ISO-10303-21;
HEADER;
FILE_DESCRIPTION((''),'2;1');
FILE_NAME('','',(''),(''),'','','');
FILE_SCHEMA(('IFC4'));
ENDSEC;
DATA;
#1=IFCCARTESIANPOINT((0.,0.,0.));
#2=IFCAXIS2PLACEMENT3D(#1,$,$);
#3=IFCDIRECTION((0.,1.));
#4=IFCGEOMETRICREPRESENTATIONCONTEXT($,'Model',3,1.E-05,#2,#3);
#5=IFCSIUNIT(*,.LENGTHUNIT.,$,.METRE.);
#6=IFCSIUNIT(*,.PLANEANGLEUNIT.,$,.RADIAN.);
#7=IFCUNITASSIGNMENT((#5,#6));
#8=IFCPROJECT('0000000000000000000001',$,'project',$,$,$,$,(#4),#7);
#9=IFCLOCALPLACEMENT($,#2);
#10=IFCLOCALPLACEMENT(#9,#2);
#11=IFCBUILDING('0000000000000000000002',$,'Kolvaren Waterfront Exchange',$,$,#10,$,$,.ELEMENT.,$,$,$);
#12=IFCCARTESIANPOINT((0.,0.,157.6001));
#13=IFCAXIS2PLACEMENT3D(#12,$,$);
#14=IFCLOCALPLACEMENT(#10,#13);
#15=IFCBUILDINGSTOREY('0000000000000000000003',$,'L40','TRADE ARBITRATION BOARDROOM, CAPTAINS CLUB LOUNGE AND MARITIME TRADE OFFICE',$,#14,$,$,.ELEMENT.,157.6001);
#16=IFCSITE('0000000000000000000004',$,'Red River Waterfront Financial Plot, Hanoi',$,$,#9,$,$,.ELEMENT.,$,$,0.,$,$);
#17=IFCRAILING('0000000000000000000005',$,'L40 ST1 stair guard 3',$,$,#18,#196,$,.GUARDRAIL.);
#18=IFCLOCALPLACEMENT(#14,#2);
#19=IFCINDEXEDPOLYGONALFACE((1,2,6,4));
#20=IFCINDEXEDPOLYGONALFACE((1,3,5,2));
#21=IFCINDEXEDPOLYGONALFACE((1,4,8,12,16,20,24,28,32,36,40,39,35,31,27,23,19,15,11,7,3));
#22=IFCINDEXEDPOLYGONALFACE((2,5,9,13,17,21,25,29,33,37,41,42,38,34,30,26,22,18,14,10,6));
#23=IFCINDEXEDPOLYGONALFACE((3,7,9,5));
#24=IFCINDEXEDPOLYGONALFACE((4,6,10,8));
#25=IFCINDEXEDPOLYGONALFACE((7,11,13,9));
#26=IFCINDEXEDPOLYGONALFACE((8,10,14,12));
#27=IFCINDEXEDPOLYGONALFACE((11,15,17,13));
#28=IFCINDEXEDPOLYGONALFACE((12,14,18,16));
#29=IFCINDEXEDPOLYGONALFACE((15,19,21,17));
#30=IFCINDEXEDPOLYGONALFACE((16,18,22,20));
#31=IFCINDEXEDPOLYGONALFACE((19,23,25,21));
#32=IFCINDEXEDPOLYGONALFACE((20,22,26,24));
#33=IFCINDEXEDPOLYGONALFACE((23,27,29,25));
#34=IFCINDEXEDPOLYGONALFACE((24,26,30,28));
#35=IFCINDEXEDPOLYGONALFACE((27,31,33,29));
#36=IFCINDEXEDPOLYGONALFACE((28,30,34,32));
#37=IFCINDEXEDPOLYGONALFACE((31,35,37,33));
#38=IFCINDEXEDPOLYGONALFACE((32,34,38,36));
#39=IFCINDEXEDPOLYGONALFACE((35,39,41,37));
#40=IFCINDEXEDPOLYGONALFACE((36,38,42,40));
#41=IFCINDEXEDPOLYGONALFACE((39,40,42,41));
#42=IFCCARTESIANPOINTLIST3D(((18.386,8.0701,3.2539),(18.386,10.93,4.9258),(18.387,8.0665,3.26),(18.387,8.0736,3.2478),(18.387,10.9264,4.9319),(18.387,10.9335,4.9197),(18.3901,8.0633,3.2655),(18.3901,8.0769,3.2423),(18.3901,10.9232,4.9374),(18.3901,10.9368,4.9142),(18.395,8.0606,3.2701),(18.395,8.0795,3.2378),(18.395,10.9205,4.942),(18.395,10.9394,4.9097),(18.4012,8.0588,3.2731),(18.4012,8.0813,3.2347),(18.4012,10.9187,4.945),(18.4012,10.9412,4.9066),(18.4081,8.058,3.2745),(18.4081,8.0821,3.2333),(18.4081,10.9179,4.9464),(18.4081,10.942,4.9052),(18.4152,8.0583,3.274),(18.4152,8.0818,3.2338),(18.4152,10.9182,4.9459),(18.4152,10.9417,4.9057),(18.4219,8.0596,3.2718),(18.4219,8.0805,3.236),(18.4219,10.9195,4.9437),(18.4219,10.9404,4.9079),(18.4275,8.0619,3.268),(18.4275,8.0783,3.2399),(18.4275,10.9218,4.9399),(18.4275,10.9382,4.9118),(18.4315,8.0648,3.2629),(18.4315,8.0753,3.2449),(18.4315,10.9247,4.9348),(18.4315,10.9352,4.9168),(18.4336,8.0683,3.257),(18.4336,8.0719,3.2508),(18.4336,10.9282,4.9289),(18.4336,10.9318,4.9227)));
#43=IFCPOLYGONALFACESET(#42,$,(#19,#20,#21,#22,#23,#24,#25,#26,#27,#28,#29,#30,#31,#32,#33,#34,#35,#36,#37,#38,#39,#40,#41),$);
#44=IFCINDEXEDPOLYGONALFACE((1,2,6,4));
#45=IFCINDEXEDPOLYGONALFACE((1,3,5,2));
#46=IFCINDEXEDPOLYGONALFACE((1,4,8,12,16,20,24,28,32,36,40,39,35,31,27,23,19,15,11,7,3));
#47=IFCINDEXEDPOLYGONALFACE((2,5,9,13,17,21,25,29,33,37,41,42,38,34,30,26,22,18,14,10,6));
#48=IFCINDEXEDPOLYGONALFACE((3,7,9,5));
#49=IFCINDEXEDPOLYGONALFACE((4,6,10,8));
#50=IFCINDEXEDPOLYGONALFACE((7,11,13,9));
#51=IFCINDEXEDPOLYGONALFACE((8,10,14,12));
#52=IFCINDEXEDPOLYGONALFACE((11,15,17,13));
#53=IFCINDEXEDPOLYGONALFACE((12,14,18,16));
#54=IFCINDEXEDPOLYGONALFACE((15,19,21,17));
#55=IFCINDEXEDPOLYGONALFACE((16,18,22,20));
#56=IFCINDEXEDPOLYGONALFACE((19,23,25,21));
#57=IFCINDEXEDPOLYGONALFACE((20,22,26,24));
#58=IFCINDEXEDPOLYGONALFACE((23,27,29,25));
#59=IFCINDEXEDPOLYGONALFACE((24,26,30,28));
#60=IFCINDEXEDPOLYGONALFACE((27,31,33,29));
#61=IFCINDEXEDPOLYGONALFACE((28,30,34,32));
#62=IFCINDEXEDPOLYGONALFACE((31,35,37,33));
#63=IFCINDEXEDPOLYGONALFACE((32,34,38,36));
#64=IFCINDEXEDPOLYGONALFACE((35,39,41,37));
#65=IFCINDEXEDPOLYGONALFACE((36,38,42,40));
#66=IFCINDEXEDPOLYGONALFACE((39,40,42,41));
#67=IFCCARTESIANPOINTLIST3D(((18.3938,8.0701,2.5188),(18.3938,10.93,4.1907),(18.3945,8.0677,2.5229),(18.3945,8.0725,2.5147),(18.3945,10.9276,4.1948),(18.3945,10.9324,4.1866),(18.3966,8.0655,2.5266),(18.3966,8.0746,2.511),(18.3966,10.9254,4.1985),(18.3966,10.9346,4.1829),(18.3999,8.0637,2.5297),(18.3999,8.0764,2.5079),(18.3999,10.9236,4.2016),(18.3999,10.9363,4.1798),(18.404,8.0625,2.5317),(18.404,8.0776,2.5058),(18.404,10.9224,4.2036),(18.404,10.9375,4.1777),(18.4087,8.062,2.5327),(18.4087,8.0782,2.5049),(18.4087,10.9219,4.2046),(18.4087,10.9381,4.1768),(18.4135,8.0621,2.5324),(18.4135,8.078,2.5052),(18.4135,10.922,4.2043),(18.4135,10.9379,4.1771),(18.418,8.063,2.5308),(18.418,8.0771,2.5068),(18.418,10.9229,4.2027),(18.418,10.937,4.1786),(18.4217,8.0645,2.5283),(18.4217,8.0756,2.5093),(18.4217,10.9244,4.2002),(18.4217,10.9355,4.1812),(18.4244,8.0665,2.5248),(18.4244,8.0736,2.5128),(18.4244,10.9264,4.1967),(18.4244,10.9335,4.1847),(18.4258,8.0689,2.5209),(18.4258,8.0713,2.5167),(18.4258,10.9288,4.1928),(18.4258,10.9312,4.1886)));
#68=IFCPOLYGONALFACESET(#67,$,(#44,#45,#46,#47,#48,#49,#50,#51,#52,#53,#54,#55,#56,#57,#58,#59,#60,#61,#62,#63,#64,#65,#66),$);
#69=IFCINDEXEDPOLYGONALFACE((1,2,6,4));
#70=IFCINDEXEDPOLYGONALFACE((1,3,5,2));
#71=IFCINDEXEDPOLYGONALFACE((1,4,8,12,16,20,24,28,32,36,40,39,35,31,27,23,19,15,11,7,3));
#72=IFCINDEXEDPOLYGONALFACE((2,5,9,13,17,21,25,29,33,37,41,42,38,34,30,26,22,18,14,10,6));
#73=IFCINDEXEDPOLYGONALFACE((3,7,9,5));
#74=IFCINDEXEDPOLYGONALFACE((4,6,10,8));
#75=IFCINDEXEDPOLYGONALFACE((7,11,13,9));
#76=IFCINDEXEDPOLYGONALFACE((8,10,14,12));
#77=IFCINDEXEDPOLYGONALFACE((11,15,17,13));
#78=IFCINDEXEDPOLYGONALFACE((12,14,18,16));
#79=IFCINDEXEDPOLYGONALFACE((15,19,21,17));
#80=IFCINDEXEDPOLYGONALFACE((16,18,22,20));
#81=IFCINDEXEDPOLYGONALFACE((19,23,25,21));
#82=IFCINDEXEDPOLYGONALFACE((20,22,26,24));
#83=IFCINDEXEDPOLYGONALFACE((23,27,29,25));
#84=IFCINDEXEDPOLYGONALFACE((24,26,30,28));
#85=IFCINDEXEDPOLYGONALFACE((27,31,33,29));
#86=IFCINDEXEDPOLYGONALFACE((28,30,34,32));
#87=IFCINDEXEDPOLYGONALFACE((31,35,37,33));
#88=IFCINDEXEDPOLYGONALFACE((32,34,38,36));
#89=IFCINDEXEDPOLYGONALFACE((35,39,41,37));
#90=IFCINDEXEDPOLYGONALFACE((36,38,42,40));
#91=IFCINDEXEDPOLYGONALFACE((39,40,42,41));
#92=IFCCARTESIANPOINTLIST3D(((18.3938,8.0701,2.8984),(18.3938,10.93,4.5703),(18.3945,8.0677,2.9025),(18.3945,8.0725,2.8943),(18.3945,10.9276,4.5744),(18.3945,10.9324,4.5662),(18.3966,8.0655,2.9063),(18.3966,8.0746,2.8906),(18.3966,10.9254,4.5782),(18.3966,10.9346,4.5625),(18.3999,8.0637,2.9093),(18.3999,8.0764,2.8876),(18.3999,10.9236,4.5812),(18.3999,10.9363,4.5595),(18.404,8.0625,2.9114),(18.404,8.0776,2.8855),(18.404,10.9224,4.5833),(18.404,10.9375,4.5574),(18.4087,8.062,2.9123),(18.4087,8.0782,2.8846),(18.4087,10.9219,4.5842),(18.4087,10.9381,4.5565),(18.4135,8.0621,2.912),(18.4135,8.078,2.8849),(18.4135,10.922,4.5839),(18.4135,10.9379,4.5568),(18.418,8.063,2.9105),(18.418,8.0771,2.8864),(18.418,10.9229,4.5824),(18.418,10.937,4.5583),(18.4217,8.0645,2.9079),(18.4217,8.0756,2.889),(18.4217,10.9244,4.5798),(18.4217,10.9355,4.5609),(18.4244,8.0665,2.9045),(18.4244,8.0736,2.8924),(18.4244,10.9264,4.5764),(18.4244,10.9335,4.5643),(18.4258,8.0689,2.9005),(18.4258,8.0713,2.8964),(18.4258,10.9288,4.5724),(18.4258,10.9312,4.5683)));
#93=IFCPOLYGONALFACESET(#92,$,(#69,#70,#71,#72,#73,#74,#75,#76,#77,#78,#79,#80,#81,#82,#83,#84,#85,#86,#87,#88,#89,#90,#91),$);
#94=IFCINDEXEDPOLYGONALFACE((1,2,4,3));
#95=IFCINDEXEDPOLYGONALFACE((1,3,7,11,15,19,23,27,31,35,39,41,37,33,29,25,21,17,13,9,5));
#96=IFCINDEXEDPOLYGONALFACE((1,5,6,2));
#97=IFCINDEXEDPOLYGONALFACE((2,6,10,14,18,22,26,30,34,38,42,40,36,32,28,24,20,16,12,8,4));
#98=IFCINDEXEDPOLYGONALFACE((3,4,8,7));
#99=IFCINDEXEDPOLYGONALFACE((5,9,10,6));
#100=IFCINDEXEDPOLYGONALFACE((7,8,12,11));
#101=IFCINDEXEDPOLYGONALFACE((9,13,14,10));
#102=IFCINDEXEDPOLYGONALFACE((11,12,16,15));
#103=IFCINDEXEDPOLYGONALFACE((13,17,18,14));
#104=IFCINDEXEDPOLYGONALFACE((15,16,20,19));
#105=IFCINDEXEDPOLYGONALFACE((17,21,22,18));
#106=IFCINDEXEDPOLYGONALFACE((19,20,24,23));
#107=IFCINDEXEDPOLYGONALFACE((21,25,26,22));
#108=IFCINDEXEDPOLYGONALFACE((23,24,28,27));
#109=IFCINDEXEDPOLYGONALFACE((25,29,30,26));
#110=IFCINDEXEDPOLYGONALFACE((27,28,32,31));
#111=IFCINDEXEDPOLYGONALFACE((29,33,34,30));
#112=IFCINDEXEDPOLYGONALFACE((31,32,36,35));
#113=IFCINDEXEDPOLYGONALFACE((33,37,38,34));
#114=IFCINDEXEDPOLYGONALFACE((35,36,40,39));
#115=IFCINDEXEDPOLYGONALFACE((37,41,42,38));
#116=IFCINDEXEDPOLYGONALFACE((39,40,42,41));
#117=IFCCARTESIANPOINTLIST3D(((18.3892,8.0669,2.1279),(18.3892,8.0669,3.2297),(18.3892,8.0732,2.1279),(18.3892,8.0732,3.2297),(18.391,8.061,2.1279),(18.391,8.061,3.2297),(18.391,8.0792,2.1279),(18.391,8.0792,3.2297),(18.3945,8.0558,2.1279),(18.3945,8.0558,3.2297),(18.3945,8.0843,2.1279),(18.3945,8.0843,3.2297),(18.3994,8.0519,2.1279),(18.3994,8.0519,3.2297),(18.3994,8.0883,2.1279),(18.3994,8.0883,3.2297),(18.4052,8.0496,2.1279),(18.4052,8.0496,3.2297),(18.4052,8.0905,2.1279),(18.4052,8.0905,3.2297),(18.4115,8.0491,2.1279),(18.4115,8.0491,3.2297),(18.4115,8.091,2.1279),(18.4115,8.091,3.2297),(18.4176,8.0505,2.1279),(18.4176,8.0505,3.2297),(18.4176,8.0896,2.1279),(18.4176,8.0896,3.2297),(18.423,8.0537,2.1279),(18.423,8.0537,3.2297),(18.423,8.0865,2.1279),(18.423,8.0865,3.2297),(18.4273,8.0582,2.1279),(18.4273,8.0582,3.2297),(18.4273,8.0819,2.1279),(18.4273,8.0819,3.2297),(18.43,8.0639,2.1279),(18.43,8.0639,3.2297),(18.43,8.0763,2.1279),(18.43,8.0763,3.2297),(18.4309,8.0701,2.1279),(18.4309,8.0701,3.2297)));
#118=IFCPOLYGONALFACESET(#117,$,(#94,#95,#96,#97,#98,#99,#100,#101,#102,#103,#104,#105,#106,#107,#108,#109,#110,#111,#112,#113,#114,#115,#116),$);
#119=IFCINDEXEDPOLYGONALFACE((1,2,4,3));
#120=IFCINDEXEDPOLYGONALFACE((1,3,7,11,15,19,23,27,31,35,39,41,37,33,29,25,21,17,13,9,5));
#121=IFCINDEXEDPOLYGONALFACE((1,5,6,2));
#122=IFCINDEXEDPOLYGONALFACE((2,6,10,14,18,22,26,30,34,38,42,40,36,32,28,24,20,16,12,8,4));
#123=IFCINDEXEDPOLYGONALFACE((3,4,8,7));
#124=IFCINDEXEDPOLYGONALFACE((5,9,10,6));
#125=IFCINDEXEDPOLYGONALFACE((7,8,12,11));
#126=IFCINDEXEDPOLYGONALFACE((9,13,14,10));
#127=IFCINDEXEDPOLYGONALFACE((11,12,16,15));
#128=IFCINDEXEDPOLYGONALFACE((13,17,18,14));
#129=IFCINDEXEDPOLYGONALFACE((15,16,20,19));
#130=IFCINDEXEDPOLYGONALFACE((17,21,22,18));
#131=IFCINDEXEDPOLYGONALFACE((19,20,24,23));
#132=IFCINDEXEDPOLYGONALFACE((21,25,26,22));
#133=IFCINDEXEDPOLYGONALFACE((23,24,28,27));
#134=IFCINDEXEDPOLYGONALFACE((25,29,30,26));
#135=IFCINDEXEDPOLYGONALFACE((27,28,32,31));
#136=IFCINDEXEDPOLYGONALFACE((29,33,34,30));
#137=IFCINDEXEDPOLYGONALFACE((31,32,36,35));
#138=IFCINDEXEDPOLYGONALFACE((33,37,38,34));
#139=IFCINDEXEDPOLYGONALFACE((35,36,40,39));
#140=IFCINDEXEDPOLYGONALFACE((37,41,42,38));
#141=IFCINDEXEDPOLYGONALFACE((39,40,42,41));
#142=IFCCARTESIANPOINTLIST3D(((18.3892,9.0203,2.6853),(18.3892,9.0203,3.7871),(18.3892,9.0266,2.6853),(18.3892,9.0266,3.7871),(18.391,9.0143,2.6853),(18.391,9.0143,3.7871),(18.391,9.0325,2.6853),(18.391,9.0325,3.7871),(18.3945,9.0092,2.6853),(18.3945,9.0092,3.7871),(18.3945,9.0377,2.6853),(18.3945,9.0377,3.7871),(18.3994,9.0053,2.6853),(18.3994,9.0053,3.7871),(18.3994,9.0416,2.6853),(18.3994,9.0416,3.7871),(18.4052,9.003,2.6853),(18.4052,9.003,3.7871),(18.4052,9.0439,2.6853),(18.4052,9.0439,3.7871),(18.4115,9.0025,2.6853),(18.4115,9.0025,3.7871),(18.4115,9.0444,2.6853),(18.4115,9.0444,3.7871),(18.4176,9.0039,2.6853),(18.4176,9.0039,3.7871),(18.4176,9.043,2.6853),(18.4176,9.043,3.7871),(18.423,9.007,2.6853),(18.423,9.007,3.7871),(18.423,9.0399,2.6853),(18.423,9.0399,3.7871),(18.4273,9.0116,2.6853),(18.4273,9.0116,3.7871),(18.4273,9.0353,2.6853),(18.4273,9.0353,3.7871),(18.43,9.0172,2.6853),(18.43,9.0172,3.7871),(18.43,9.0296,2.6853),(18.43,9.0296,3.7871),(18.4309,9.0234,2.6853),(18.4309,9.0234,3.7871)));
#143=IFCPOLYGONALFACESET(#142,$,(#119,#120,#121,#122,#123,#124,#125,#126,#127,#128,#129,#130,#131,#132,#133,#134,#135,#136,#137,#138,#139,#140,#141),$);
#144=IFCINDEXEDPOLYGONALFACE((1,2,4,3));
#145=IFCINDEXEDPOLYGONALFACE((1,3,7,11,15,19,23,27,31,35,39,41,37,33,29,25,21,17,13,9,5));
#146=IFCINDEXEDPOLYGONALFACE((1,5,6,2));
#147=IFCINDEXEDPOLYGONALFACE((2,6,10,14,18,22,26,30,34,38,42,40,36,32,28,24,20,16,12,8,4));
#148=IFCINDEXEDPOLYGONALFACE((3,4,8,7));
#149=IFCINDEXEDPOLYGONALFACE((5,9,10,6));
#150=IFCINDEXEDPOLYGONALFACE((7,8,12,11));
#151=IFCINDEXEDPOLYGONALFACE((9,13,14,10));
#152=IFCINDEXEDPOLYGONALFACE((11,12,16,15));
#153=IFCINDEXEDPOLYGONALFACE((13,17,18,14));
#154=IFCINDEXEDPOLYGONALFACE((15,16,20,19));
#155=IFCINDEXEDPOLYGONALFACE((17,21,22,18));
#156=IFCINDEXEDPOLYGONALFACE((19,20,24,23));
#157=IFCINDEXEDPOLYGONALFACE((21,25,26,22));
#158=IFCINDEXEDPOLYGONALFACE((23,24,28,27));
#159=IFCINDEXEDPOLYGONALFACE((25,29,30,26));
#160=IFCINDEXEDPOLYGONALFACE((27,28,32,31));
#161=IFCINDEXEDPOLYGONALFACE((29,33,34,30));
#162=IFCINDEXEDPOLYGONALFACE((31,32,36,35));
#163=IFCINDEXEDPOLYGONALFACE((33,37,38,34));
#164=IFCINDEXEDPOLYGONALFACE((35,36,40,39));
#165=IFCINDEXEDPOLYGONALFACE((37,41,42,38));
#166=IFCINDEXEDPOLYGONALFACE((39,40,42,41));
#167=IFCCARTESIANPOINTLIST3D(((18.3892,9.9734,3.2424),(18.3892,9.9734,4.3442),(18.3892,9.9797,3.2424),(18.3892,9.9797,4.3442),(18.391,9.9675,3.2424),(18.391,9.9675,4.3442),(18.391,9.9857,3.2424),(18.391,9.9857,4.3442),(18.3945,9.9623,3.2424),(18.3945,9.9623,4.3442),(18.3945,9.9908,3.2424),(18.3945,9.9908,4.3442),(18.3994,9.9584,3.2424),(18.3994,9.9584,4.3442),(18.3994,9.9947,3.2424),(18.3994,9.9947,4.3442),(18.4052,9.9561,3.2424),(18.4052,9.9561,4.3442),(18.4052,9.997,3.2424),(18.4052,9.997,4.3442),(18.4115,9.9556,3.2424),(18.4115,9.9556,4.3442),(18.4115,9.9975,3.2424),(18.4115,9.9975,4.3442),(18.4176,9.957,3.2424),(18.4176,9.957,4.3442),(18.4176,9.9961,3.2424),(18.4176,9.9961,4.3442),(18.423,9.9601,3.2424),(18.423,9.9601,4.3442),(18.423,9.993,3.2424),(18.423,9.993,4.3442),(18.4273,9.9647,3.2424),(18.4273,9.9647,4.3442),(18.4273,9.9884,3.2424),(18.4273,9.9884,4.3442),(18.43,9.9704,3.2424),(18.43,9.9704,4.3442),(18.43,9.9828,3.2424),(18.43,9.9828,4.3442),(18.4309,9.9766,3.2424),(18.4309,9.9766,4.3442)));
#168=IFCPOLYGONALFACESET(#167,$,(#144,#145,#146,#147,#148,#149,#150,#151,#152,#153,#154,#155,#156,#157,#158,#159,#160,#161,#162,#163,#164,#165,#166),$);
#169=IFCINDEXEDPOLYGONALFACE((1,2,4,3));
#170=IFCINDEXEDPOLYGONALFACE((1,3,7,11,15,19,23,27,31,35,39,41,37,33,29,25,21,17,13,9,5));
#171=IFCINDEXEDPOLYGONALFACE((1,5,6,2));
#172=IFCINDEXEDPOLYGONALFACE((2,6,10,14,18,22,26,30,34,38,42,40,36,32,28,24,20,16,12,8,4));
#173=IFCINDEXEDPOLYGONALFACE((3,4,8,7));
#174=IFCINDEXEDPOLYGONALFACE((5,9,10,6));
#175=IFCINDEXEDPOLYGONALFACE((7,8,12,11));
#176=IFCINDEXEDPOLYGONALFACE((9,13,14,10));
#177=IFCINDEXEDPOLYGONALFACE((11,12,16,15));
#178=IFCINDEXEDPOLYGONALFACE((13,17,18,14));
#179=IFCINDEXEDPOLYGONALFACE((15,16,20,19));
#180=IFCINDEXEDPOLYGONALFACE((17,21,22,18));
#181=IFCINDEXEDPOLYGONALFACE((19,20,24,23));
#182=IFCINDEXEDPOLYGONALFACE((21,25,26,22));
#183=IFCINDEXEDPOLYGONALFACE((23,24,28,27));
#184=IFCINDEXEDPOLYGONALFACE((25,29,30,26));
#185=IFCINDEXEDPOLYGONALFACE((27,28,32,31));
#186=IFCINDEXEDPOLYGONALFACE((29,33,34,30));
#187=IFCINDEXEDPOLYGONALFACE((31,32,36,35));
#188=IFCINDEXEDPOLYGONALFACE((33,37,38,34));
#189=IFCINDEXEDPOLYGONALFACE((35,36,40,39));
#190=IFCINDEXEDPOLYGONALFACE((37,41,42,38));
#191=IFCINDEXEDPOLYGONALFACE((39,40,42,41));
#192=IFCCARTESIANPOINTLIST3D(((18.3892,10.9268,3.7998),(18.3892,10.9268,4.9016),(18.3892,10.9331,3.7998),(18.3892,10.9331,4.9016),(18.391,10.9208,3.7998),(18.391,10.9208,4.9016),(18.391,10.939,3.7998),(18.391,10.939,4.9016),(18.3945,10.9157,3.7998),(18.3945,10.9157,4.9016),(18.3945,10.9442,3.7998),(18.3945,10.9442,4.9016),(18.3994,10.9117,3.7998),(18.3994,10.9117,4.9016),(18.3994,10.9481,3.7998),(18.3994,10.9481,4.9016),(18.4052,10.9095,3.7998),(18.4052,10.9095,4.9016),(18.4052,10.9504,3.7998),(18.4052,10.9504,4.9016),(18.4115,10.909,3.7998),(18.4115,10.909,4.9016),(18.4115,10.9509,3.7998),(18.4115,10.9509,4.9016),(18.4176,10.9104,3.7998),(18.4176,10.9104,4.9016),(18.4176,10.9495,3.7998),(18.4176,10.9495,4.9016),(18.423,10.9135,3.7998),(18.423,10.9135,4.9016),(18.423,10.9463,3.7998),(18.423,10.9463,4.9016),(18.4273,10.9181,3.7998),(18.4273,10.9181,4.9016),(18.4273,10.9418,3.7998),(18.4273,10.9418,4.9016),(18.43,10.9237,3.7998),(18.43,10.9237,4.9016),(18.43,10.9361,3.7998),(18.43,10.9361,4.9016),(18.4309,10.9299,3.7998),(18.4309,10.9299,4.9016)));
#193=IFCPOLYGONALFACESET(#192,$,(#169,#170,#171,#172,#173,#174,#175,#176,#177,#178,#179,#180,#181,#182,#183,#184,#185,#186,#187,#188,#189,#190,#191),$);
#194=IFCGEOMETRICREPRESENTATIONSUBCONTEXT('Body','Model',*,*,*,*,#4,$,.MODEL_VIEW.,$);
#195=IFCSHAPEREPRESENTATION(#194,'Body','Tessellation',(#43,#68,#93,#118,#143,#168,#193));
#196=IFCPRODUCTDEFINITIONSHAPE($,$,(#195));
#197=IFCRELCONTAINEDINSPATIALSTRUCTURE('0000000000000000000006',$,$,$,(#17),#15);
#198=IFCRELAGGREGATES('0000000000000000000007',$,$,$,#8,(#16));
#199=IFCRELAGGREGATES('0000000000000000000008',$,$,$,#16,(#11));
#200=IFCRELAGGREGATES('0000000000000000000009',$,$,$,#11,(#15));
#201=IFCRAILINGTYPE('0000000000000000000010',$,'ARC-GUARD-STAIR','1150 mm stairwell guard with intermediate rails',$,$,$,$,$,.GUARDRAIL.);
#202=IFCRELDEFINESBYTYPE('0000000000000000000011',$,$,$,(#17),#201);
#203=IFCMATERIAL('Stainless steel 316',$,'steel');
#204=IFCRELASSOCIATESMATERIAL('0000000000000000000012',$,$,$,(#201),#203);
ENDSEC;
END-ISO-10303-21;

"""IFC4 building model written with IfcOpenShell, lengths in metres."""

from ifc_helpers import new_model, si_unit, direction, frame, origin, origin_2d, place, context, subcontext, project, spatial, circle, extrude, material, type_object, element, save


model = new_model("IFC4")

# Units and contexts
model_context = context("Model", 3, precision=1e-05, world=origin(), true_north=direction((0.0, 1.0)))
body_context = subcontext(model_context, "Body", "Model", "MODEL_VIEW")
ifc_project = project(units=[si_unit("LENGTHUNIT", "METRE"), si_unit("PLANEANGLEUNIT", "RADIAN")], contexts=[model_context])

# Site, building, storey
site_placement = place(None, origin())
site = spatial("IfcSite", under=ifc_project, at=site_placement, Name="Red River Waterfront Financial Plot, Hanoi", CompositionType="ELEMENT", RefElevation=0.0)
building_placement = place(site_placement, origin())
building = spatial("IfcBuilding", under=site, at=building_placement, Name="Kolvaren Waterfront Exchange", CompositionType="ELEMENT")
storey_placement = place(building_placement, frame((0.0, 0.0, 157.6001)))
storey = spatial("IfcBuildingStorey", under=building, at=storey_placement, Name="L40", Description="TRADE ARBITRATION BOARDROOM, CAPTAINS CLUB LOUNGE AND MARITIME TRADE OFFICE", CompositionType="ELEMENT", Elevation=157.6001)

# Railing
ifc_material_1 = material(Name="Stainless steel 316", Category="steel")
railing_type_1 = type_object("IfcRailingType", Name="ARC-GUARD-STAIR", Description="1150 mm stairwell guard with intermediate rails", PredefinedType="GUARDRAIL", material=ifc_material_1)
railing_1_placement = place(storey_placement, frame((18.4099, 8.0701, 2.1279)))
element("IfcRailing", 1, at=railing_1_placement, inside=storey, type_object=railing_type_1, Name="L40 ST1 stair guard 3", PredefinedType="GUARDRAIL", context=body_context, shape_type="SweptSolid", body=[
    extrude(circle(Radius=0.0239, at=origin_2d()), frame((0.0, 0.0, 1.126), z_axis=(0.0, 0.863303, 0.504686), x_axis=(-1.0, 0.0, 0.0)), (0.0, 0.0, 1.0), 3.3127),
    extrude(circle(Radius=0.0161, at=origin_2d()), frame((0.0, 0.0, 0.3909), z_axis=(0.0, 0.863303, 0.504686), x_axis=(-1.0, 0.0, 0.0)), (0.0, 0.0, 1.0), 3.3127),
    extrude(circle(Radius=0.0161, at=origin_2d()), frame((0.0, 0.0, 0.7705), z_axis=(0.0, 0.863303, 0.504686), x_axis=(-1.0, 0.0, 0.0)), (0.0, 0.0, 1.0), 3.3127),
    extrude(circle(Radius=0.021, at=origin_2d()), origin(), (0.0, 0.0, 1.0), 1.1018),
    extrude(circle(Radius=0.021, at=origin_2d()), frame((0.0, 0.9534, 0.5574)), (0.0, 0.0, 1.0), 1.1018),
    extrude(circle(Radius=0.021, at=origin_2d()), frame((0.0, 1.9065, 1.1145)), (0.0, 0.0, 1.0), 1.1018),
    extrude(circle(Radius=0.021, at=origin_2d()), frame((0.0, 2.8599, 1.6719)), (0.0, 0.0, 1.0), 1.1018),
])

save(model, "model.ifc")
